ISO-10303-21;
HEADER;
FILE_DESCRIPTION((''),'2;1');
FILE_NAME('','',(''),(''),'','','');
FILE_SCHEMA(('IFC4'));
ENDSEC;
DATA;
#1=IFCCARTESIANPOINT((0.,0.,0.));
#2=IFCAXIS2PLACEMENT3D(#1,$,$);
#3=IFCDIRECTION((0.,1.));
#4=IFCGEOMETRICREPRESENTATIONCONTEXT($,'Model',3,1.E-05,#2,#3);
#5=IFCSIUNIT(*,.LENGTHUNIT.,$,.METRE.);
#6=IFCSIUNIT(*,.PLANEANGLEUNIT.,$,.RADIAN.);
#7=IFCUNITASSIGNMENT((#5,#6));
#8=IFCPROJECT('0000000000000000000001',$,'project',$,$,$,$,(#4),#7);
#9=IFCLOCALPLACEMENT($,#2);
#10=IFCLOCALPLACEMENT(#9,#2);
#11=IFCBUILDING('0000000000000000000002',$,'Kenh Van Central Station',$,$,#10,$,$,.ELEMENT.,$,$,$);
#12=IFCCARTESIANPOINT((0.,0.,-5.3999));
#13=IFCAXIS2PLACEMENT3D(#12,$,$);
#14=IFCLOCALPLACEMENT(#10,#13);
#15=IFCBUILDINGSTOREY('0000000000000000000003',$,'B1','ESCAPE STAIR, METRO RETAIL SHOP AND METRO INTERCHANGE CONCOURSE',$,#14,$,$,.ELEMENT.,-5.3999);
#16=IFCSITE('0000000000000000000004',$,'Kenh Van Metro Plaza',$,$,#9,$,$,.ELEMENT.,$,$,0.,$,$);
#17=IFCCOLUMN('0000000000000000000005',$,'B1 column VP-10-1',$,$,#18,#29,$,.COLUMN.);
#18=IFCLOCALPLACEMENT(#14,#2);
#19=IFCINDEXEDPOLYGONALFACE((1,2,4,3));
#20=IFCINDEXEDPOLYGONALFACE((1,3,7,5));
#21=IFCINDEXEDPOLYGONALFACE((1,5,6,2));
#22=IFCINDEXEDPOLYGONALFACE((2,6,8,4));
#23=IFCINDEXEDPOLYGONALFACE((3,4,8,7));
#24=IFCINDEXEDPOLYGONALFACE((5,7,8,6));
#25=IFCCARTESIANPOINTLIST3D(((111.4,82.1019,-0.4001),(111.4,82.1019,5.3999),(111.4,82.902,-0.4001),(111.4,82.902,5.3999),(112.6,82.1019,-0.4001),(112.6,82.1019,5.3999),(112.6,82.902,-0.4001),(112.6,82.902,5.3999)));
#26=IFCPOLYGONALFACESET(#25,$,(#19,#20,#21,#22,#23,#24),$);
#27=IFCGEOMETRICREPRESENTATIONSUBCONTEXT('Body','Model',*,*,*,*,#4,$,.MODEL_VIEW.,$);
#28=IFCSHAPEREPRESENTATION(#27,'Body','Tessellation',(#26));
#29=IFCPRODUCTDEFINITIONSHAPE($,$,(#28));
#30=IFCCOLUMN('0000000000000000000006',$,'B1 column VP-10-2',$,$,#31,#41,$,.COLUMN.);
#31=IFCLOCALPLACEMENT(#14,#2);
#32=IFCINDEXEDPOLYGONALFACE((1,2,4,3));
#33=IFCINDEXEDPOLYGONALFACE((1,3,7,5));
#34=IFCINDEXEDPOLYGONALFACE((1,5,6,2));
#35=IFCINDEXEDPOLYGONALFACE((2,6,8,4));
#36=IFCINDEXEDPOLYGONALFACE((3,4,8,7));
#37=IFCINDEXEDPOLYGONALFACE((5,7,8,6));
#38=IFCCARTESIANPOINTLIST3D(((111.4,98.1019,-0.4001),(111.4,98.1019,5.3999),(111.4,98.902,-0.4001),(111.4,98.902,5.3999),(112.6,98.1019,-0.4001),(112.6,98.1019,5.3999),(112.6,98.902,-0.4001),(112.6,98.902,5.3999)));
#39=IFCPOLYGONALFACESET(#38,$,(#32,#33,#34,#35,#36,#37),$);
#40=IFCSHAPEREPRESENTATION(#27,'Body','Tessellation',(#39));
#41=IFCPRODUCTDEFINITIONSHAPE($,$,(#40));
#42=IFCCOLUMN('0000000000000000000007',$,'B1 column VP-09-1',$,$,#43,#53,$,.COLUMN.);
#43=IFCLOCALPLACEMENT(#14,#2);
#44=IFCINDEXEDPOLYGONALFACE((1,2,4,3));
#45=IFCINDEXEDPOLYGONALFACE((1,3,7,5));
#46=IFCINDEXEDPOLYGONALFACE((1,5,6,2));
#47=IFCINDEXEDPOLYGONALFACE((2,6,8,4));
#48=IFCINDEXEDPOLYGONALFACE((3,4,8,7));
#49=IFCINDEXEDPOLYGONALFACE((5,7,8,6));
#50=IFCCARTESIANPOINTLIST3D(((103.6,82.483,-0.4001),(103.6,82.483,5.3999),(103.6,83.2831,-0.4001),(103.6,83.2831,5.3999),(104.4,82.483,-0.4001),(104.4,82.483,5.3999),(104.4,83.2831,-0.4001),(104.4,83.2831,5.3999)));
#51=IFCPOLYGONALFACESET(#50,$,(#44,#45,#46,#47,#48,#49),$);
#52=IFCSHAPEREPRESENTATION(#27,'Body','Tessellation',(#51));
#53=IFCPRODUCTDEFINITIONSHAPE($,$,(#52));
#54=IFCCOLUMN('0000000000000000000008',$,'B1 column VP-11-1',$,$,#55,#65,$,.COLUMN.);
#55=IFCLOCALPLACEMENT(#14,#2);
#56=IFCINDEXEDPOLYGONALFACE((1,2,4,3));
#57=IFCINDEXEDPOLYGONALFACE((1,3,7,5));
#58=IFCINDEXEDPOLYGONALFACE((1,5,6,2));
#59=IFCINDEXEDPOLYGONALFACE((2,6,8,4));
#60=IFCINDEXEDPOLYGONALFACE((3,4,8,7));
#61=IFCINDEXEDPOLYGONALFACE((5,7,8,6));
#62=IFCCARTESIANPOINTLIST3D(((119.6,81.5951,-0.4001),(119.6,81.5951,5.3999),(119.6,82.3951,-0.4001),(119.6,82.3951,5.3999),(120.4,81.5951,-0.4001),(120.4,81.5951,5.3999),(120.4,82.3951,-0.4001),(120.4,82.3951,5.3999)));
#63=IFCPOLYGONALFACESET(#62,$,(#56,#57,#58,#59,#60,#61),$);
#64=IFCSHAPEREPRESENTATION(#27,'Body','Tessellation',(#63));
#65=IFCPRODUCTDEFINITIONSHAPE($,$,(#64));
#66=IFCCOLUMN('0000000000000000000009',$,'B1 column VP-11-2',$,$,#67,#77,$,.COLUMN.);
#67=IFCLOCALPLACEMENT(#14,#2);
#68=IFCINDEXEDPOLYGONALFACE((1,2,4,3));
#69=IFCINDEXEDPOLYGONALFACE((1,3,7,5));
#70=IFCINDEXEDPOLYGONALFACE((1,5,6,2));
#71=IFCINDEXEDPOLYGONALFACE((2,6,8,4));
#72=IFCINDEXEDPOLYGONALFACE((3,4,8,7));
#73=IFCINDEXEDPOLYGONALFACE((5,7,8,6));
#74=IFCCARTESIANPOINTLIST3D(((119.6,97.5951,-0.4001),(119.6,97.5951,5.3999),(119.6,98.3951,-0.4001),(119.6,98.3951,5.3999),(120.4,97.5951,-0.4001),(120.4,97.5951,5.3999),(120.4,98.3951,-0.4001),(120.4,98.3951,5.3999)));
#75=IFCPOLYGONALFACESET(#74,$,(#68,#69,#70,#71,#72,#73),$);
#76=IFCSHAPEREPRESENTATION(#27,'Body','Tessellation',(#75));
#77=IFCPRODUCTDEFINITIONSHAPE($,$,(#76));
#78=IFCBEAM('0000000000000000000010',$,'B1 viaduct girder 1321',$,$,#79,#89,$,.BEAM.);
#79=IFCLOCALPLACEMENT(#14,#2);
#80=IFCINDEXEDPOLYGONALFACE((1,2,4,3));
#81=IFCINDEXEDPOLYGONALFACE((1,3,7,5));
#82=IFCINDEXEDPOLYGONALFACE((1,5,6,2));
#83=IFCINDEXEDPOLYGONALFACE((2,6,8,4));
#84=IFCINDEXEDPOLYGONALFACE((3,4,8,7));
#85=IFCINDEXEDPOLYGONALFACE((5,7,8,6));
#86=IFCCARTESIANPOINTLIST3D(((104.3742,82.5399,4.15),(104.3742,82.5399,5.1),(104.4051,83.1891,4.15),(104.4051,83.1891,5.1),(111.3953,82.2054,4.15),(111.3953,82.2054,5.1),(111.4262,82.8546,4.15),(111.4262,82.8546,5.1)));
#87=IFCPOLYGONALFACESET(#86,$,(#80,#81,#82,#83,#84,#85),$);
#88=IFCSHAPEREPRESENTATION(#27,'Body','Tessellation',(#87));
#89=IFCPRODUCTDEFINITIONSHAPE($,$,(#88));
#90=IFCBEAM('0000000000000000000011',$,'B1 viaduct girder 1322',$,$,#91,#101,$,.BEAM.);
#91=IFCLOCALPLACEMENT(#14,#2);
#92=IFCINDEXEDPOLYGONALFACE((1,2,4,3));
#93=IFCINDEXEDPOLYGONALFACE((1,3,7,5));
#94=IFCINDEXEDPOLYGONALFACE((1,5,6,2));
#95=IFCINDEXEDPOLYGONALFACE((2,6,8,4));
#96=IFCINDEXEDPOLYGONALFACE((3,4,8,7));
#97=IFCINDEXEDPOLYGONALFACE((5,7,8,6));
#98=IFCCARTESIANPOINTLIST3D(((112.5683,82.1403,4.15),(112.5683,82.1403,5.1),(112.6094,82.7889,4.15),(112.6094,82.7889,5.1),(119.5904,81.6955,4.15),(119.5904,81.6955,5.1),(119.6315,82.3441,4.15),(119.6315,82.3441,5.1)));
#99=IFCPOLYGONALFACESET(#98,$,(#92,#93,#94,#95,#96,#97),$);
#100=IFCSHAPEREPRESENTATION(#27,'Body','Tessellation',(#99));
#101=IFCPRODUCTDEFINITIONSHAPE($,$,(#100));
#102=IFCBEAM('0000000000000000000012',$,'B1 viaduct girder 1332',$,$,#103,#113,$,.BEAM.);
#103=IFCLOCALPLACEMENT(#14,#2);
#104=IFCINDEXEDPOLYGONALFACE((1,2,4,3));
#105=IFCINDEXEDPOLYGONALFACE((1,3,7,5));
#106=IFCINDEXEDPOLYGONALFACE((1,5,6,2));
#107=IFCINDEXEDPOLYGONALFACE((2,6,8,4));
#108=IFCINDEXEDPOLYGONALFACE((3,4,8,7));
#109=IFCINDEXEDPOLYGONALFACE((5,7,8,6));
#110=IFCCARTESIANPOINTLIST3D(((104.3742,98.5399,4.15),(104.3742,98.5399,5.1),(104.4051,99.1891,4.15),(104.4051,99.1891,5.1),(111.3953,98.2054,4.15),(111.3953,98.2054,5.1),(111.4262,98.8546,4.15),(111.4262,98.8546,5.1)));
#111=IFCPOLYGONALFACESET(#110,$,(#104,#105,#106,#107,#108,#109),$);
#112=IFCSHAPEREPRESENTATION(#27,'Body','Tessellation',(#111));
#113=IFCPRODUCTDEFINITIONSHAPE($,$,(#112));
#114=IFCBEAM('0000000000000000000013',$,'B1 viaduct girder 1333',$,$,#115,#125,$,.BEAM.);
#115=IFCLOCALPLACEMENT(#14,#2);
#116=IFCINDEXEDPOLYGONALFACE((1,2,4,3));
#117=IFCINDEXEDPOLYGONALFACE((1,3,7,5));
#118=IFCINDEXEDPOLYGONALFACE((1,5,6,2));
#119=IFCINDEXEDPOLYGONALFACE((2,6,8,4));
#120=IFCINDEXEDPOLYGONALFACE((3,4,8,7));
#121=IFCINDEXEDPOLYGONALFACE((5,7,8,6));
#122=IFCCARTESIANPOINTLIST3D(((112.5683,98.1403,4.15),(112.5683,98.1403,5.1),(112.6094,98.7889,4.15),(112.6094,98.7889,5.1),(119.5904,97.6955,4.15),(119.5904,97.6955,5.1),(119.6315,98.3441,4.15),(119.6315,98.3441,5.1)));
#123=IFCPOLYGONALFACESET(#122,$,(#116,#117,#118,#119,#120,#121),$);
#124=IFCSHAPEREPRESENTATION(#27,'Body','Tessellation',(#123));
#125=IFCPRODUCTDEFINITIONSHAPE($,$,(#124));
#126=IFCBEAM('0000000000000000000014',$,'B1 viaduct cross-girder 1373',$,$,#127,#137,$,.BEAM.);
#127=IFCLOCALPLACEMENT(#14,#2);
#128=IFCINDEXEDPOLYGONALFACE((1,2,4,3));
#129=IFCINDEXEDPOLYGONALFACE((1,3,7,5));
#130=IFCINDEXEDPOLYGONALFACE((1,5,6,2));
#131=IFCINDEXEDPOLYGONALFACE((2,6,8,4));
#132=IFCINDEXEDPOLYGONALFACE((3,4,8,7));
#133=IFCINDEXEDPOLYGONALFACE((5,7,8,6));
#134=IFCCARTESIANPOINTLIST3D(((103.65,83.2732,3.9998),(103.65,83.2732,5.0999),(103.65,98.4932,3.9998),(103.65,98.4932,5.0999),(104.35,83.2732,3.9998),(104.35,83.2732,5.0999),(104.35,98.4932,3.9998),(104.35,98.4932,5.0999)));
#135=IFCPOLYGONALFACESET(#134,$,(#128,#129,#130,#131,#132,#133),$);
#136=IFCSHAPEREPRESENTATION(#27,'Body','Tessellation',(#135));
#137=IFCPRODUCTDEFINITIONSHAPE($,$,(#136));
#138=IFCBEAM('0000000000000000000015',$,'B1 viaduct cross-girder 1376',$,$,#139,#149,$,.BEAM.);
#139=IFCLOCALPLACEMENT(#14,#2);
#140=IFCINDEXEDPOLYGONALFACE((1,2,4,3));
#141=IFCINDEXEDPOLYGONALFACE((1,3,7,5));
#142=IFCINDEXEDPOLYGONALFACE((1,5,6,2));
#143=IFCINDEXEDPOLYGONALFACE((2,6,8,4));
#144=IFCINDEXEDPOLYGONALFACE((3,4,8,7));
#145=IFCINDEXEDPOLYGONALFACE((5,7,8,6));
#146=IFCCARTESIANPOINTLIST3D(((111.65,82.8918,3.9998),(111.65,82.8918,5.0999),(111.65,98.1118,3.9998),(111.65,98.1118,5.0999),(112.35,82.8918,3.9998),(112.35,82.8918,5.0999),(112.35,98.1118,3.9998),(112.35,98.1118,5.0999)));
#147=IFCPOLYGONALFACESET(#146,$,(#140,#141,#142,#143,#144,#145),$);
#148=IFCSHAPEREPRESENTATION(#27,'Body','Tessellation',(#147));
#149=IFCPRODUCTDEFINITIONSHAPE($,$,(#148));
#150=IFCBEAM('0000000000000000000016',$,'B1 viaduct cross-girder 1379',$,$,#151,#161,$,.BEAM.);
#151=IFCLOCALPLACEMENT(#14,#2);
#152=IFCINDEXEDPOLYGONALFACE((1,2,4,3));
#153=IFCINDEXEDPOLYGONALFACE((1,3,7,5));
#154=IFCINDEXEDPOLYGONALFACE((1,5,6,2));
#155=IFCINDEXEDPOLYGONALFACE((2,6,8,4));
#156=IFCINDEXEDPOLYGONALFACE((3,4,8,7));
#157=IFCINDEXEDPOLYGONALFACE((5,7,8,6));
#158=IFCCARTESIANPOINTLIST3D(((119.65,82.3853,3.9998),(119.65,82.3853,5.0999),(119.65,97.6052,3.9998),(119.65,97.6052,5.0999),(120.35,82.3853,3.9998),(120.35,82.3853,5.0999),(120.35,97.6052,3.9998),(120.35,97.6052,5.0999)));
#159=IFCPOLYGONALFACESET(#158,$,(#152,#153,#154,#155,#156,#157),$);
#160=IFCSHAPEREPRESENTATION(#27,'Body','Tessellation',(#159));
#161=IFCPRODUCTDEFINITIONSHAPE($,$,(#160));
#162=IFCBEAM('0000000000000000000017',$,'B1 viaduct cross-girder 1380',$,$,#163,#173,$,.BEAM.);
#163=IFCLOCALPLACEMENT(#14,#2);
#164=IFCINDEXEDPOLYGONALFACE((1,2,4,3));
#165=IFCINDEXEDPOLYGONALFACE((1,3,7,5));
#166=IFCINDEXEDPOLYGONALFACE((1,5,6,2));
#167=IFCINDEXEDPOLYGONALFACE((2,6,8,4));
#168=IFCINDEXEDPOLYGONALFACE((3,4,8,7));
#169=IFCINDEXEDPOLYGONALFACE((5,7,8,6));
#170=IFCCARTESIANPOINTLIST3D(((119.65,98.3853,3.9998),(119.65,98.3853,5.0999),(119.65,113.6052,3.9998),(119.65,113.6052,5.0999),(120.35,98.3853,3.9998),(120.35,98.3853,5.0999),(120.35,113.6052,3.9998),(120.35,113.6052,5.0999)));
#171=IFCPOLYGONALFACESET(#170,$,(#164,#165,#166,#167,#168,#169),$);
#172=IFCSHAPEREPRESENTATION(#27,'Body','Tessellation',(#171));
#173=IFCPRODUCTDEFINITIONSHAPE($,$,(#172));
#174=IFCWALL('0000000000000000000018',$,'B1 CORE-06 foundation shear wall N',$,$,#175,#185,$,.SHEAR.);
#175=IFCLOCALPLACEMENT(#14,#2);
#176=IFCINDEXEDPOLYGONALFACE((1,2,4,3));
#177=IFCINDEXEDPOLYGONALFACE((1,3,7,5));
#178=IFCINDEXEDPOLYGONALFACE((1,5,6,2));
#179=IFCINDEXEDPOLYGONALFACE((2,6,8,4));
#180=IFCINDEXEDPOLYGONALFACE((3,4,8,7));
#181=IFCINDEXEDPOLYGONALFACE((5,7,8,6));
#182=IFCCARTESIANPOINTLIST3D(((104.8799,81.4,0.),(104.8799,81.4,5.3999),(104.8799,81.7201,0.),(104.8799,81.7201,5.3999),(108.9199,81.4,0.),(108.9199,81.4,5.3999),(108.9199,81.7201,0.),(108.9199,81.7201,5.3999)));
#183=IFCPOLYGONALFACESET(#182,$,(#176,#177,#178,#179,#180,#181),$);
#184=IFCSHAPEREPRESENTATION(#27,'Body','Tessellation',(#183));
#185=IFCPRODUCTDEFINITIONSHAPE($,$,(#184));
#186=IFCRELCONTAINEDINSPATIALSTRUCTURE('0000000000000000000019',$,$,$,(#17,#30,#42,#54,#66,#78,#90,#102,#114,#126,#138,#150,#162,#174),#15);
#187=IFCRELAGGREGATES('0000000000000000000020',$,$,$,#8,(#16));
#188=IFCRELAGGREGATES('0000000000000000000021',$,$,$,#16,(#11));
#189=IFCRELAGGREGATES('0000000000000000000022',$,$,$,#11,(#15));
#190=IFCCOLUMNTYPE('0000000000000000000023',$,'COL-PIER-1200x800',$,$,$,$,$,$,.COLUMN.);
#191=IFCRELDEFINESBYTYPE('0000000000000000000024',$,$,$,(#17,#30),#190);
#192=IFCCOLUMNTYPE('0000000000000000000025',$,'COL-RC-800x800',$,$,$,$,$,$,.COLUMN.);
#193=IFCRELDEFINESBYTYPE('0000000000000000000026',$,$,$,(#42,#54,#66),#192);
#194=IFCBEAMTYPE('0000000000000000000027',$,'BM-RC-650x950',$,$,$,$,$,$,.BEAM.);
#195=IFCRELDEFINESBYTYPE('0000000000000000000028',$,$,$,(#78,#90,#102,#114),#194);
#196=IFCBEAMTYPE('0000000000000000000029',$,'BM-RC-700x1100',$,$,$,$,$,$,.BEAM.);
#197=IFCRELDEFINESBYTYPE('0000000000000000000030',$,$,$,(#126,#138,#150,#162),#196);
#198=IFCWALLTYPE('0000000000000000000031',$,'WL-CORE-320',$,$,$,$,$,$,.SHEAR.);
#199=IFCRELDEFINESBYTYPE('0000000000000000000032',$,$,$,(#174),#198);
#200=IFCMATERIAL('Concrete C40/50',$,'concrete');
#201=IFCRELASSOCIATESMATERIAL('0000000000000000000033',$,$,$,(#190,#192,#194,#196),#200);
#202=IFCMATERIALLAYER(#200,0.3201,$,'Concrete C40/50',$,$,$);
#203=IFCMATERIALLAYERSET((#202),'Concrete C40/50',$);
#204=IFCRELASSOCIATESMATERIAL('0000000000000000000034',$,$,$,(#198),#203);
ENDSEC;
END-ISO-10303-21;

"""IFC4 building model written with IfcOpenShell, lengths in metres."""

from ifc_helpers import new_model, si_unit, direction, frame, frame_2d, origin, origin_2d, place, context, subcontext, project, spatial, rectangle, extrude, material, layer, layer_set, material_profile, profile_set, type_object, element, save


model = new_model("IFC4")

# Units and contexts
model_context = context("Model", 3, precision=1e-05, world=origin(), true_north=direction((0.0, 1.0)))
body_context = subcontext(model_context, "Body", "Model", "MODEL_VIEW")
ifc_project = project(units=[si_unit("LENGTHUNIT", "METRE"), si_unit("PLANEANGLEUNIT", "RADIAN")], contexts=[model_context])

# Site, building, storey
site_placement = place(None, origin())
site = spatial("IfcSite", under=ifc_project, at=site_placement, Name="Kenh Van Metro Plaza", CompositionType="ELEMENT", RefElevation=0.0)
building_placement = place(site_placement, origin())
building = spatial("IfcBuilding", under=site, at=building_placement, Name="Kenh Van Central Station", CompositionType="ELEMENT")
storey_placement = place(building_placement, frame((0.0, 0.0, -5.3999)))
storey = spatial("IfcBuildingStorey", under=building, at=storey_placement, Name="B1", Description="ESCAPE STAIR, METRO RETAIL SHOP AND METRO INTERCHANGE CONCOURSE", CompositionType="ELEMENT", Elevation=-5.3999)

# Shared definitions
ifc_material = material(Name="Concrete C40/50", Category="concrete")

# Columns
ifc_material_profile_1 = material_profile(ifc_material, rectangle(XDim=1.2, YDim=0.8, at=origin_2d()), Name="RC 1200x800")
ifc_profile_set_1 = profile_set([ifc_material_profile_1], Name="Concrete C40/50")
column_type_1 = type_object("IfcColumnType", Name="COL-PIER-1200x800", PredefinedType="COLUMN", material=ifc_profile_set_1)
for number, where, z_axis, x_axis, name in (
    (1, (112.0, 82.502, -0.4001), (0.0, 0.0, 1.0), (1.0, 0.0, 0.0), "B1 column VP-10-1"),
    (2, (112.0, 98.502, -0.4001), (0.0, 0.0, 1.0), (1.0, 0.0, 0.0), "B1 column VP-10-2"),
):
    element("IfcColumn", number, at=place(storey_placement, frame(where, z_axis=z_axis, x_axis=x_axis)), inside=storey, type_object=column_type_1, Name=name, PredefinedType="COLUMN", context=body_context, shape_type="SweptSolid", body=[
        extrude(rectangle(XDim=1.2, YDim=0.8, at=origin_2d()), origin(), (0.0, 0.0, 1.0), 5.8),
    ])
ifc_material_profile_2 = material_profile(ifc_material, rectangle(XDim=0.8, YDim=0.8, at=origin_2d()), Name="RC 800x800")
ifc_profile_set_2 = profile_set([ifc_material_profile_2], Name="Concrete C40/50")
column_type_2 = type_object("IfcColumnType", Name="COL-RC-800x800", PredefinedType="COLUMN", material=ifc_profile_set_2)
for number, where, z_axis, x_axis, name in (
    (3, (104.0, 82.8831, -0.4001), (0.0, 0.0, 1.0), (1.0, 0.0, 0.0), "B1 column VP-09-1"),
    (4, (120.0, 81.9951, -0.4001), (0.0, 0.0, 1.0), (1.0, 0.0, 0.0), "B1 column VP-11-1"),
    (5, (120.0, 97.9951, -0.4001), (0.0, 0.0, 1.0), (1.0, 0.0, 0.0), "B1 column VP-11-2"),
):
    element("IfcColumn", number, at=place(storey_placement, frame(where, z_axis=z_axis, x_axis=x_axis)), inside=storey, type_object=column_type_2, Name=name, PredefinedType="COLUMN", context=body_context, shape_type="SweptSolid", body=[
        extrude(rectangle(XDim=0.8, YDim=0.8, at=origin_2d()), origin(), (0.0, 0.0, 1.0), 5.8),
    ])

# Beams
ifc_material_profile_3 = material_profile(ifc_material, rectangle(XDim=0.6499, YDim=0.95, at=origin_2d()), Name="RC 650x950")
ifc_profile_set_3 = profile_set([ifc_material_profile_3], Name="Concrete C40/50")
beam_type_1 = type_object("IfcBeamType", Name="BM-RC-650x950", PredefinedType="BEAM", material=ifc_profile_set_3)
beam_1_placement = place(storey_placement, frame((104.3896, 82.8645, 4.625), z_axis=(0.998867, -0.047585, 0.0), x_axis=(0.047585, 0.998867, 0.0)))
element("IfcBeam", 6, at=beam_1_placement, inside=storey, type_object=beam_type_1, Name="B1 viaduct girder 1321", PredefinedType="BEAM", context=body_context, shape_type="SweptSolid", body=[
    extrude(rectangle(XDim=0.6499, YDim=0.95, at=origin_2d()), origin(), (0.0, 0.0, 1.0), 7.0291),
])
beam_2_placement = place(storey_placement, frame((112.5889, 82.4646, 4.625), z_axis=(0.998, -0.063221, 0.0), x_axis=(0.063221, 0.998, 0.0)))
element("IfcBeam", 7, at=beam_2_placement, inside=storey, type_object=beam_type_1, Name="B1 viaduct girder 1322", PredefinedType="BEAM", context=body_context, shape_type="SweptSolid", body=[
    extrude(rectangle(XDim=0.6499, YDim=0.95, at=origin_2d()), origin(), (0.0, 0.0, 1.0), 7.0361),
])
beam_3_placement = place(storey_placement, frame((104.3896, 98.8645, 4.625), z_axis=(0.998867, -0.047585, 0.0), x_axis=(0.047585, 0.998867, 0.0)))
element("IfcBeam", 8, at=beam_3_placement, inside=storey, type_object=beam_type_1, Name="B1 viaduct girder 1332", PredefinedType="BEAM", context=body_context, shape_type="SweptSolid", body=[
    extrude(rectangle(XDim=0.6499, YDim=0.95, at=origin_2d()), origin(), (0.0, 0.0, 1.0), 7.0291),
])
beam_4_placement = place(storey_placement, frame((112.5889, 98.4646, 4.625), z_axis=(0.998, -0.063221, 0.0), x_axis=(0.063221, 0.998, 0.0)))
element("IfcBeam", 9, at=beam_4_placement, inside=storey, type_object=beam_type_1, Name="B1 viaduct girder 1333", PredefinedType="BEAM", context=body_context, shape_type="SweptSolid", body=[
    extrude(rectangle(XDim=0.6499, YDim=0.95, at=origin_2d()), origin(), (0.0, 0.0, 1.0), 7.0361),
])
ifc_material_profile_4 = material_profile(ifc_material, rectangle(XDim=0.7, YDim=1.1001, at=origin_2d()), Name="RC 700x1100")
ifc_profile_set_4 = profile_set([ifc_material_profile_4], Name="Concrete C40/50")
beam_type_2 = type_object("IfcBeamType", Name="BM-RC-700x1100", PredefinedType="BEAM", material=ifc_profile_set_4)
for number, where, z_axis, x_axis, name in (
    (10, (104.0, 83.2732, 4.5498), (0.0, 1.0, 0.0), (-1.0, 0.0, 0.0), "B1 viaduct cross-girder 1373"),
    (11, (112.0, 82.8918, 4.5498), (0.0, 1.0, 0.0), (-1.0, 0.0, 0.0), "B1 viaduct cross-girder 1376"),
    (12, (120.0, 82.3853, 4.5498), (0.0, 1.0, 0.0), (-1.0, 0.0, 0.0), "B1 viaduct cross-girder 1379"),
    (13, (120.0, 98.3853, 4.5498), (0.0, 1.0, 0.0), (-1.0, 0.0, 0.0), "B1 viaduct cross-girder 1380"),
):
    element("IfcBeam", number, at=place(storey_placement, frame(where, z_axis=z_axis, x_axis=x_axis)), inside=storey, type_object=beam_type_2, Name=name, PredefinedType="BEAM", context=body_context, shape_type="SweptSolid", body=[
        extrude(rectangle(XDim=0.7, YDim=1.1001, at=origin_2d()), origin(), (0.0, 0.0, 1.0), 15.22),
    ])

# Wall
ifc_layer = layer(ifc_material, 0.3201, Name="Concrete C40/50")
ifc_layer_set = layer_set([ifc_layer], Name="Concrete C40/50")
wall_type = type_object("IfcWallType", Name="WL-CORE-320", PredefinedType="SHEAR", material=ifc_layer_set)
wall_placement = place(storey_placement, frame((104.8799, 81.5601, 0.0), z_axis=(0.0, 0.0, 1.0), x_axis=(1.0, 0.0, 0.0)))
element("IfcWall", 14, at=wall_placement, inside=storey, type_object=wall_type, Name="B1 CORE-06 foundation shear wall N", PredefinedType="SHEAR", context=body_context, shape_type="SweptSolid", body=[
    extrude(rectangle(XDim=4.04, YDim=0.3201, at=frame_2d((2.02, 0.0))), origin(), (0.0, 0.0, 1.0), 5.3999),
])

save(model, "model.ifc")
